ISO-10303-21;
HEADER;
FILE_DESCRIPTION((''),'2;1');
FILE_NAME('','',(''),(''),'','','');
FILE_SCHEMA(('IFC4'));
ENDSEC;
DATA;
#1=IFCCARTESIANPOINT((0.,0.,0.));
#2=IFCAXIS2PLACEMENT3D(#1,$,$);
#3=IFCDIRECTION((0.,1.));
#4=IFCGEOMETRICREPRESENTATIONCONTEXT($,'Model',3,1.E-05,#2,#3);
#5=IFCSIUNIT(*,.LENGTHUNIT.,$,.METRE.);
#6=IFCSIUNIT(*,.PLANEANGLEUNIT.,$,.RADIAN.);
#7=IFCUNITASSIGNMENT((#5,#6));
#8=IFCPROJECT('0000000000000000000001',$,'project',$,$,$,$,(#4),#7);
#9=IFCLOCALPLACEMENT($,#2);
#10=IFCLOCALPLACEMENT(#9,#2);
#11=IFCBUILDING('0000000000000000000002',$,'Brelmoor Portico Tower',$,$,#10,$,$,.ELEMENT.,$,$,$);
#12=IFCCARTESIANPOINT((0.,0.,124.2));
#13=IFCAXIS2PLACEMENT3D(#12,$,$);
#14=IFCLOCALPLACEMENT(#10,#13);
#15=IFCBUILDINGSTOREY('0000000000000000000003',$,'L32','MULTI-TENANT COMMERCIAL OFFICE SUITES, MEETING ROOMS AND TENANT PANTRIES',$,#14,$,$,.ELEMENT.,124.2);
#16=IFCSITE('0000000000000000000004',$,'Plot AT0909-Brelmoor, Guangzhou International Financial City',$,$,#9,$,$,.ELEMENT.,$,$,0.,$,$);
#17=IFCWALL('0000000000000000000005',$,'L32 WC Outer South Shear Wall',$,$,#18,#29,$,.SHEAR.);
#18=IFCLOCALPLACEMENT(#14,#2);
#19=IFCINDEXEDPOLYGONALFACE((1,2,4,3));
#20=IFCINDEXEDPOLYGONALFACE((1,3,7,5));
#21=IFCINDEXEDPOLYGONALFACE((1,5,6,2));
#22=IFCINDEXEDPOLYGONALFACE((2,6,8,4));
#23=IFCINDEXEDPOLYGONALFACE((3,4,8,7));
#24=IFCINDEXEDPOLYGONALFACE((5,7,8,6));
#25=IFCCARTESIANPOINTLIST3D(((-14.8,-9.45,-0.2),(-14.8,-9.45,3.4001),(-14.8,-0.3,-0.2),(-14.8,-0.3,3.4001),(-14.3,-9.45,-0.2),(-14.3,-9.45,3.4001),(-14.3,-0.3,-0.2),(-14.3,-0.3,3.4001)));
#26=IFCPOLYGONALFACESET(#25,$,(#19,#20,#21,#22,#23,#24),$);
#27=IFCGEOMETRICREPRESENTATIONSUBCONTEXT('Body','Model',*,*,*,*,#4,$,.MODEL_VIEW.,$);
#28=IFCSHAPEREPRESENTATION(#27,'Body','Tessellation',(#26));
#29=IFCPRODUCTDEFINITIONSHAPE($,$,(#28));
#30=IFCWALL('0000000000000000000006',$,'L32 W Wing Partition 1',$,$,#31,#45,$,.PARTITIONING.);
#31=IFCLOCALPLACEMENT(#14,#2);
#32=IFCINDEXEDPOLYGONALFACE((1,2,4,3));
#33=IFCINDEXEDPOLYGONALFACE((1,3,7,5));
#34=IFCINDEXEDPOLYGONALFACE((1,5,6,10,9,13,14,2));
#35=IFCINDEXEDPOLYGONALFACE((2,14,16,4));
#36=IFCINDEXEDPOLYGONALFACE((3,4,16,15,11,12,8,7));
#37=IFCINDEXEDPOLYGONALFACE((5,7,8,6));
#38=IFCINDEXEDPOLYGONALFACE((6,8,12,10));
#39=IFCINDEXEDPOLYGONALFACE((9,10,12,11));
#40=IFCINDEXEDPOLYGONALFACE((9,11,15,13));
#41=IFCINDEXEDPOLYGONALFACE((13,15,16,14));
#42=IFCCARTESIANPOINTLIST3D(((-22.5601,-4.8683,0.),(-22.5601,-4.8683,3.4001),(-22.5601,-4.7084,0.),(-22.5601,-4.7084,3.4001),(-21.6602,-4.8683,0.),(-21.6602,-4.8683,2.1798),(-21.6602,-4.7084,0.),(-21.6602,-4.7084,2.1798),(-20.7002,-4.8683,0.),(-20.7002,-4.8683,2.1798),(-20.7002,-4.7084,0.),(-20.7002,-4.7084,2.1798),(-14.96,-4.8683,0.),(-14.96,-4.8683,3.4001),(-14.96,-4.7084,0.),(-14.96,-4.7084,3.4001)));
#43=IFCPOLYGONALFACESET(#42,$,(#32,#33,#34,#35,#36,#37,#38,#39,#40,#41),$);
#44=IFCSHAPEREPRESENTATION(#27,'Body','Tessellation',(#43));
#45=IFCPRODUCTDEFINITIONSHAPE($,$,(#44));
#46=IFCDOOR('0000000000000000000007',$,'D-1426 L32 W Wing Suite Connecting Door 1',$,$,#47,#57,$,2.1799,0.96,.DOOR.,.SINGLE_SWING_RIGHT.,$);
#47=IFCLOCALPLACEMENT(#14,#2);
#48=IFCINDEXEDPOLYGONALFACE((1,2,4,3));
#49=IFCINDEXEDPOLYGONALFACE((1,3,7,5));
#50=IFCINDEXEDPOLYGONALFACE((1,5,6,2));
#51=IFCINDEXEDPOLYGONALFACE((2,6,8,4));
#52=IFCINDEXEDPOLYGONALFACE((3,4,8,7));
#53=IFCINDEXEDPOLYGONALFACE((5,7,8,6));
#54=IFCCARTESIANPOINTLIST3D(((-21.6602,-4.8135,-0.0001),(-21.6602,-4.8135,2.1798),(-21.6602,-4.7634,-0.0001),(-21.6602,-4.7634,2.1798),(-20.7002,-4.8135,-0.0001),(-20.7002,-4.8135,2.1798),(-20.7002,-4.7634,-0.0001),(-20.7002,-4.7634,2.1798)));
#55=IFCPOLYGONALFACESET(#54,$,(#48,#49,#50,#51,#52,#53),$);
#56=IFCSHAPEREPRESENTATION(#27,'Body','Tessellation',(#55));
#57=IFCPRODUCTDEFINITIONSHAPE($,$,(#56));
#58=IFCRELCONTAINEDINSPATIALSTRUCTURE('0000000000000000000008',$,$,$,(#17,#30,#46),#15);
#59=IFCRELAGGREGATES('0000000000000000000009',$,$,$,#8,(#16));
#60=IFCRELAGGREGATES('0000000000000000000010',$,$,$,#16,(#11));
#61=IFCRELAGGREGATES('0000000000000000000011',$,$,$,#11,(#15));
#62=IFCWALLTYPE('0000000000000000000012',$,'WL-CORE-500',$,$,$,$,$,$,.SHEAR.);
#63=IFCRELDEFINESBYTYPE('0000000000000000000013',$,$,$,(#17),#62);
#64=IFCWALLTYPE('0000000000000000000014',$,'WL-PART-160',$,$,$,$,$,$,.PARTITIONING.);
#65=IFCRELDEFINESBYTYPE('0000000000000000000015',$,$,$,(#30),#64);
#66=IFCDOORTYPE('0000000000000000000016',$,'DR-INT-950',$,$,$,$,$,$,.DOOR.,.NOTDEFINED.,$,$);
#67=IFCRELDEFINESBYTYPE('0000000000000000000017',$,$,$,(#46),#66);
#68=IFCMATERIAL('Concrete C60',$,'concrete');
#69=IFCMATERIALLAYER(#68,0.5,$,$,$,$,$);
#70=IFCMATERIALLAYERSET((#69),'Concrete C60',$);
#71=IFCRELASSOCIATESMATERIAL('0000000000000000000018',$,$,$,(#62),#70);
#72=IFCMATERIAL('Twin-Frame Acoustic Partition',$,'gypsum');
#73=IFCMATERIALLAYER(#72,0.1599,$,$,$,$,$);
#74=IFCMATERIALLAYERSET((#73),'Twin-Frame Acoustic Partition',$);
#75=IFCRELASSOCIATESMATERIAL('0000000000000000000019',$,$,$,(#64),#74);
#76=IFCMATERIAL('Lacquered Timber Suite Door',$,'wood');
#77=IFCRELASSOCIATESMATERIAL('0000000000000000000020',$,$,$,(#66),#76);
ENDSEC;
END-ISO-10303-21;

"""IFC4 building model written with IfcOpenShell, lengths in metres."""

from ifc_helpers import new_model, si_unit, direction, frame, frame_2d, origin, place, context, subcontext, project, spatial, rectangle, extrude, material, layer, layer_set, type_object, element, fill, save


model = new_model("IFC4")

# Units and contexts
model_context = context("Model", 3, precision=1e-05, world=origin(), true_north=direction((0.0, 1.0)))
body_context = subcontext(model_context, "Body", "Model", "MODEL_VIEW")
ifc_project = project(units=[si_unit("LENGTHUNIT", "METRE"), si_unit("PLANEANGLEUNIT", "RADIAN")], contexts=[model_context])

# Site, building, storey
site_placement = place(None, origin())
site = spatial("IfcSite", under=ifc_project, at=site_placement, Name="Plot AT0909-Brelmoor, Guangzhou International Financial City", CompositionType="ELEMENT", RefElevation=0.0)
building_placement = place(site_placement, origin())
building = spatial("IfcBuilding", under=site, at=building_placement, Name="Brelmoor Portico Tower", CompositionType="ELEMENT")
storey_placement = place(building_placement, frame((0.0, 0.0, 124.2)))
storey = spatial("IfcBuildingStorey", under=building, at=storey_placement, Name="L32", Description="MULTI-TENANT COMMERCIAL OFFICE SUITES, MEETING ROOMS AND TENANT PANTRIES", CompositionType="ELEMENT", Elevation=124.2)

# Wall
ifc_material_1 = material(Name="Concrete C60", Category="concrete")
ifc_layer_1 = layer(ifc_material_1, 0.5)
ifc_layer_set_1 = layer_set([ifc_layer_1], Name="Concrete C60")
wall_type_1 = type_object("IfcWallType", Name="WL-CORE-500", PredefinedType="SHEAR", material=ifc_layer_set_1)
wall_1_placement = place(storey_placement, frame((-14.55, -9.45, -0.2), z_axis=(0.0, 0.0, 1.0), x_axis=(0.0, 1.0, 0.0)))
element("IfcWall", 1, at=wall_1_placement, inside=storey, type_object=wall_type_1, Name="L32 WC Outer South Shear Wall", PredefinedType="SHEAR", context=body_context, shape_type="SweptSolid", body=[
    extrude(rectangle(XDim=9.1499, YDim=0.5, at=frame_2d((4.575, 0.0))), origin(), (0.0, 0.0, 1.0), 3.6001),
])

# Wall, opening, door
ifc_material_2 = material(Name="Twin-Frame Acoustic Partition", Category="gypsum")
ifc_layer_2 = layer(ifc_material_2, 0.1599)
ifc_layer_set_2 = layer_set([ifc_layer_2], Name="Twin-Frame Acoustic Partition")
wall_type_2 = type_object("IfcWallType", Name="WL-PART-160", PredefinedType="PARTITIONING", material=ifc_layer_set_2)
wall_2_placement = place(storey_placement, frame((-22.5601, -4.7883, 0.0), z_axis=(0.0, 0.0, 1.0), x_axis=(1.0, 0.0, 0.0)))
wall_2 = element("IfcWall", 2, at=wall_2_placement, inside=storey, type_object=wall_type_2, Name="L32 W Wing Partition 1", PredefinedType="PARTITIONING", context=body_context, shape_type="SweptSolid", body=[
    extrude(rectangle(XDim=7.6001, YDim=0.1599, at=frame_2d((3.8, 0.0))), origin(), (0.0, 0.0, 1.0), 3.4001),
])
opening_placement = place(wall_2_placement, frame((0.8999, 0.0, 0.0)))
opening = element("IfcOpeningElement", 3, at=opening_placement, cuts=wall_2, PredefinedType="OPENING", context=body_context, shape_type="SweptSolid", body=[
    extrude(rectangle(XDim=0.96, YDim=2.1799, at=frame_2d((0.48, 1.0898))), frame((0.0, 0.0898, 0.0), z_axis=(0.0, -1.0, 0.0), x_axis=(1.0, 0.0, 0.0)), (0.0, 0.0, 1.0), 0.1799),
])
ifc_material_3 = material(Name="Lacquered Timber Suite Door", Category="wood")
door_type = type_object("IfcDoorType", Name="DR-INT-950", OperationType="NOTDEFINED", PredefinedType="DOOR", material=ifc_material_3)
door_placement = place(opening_placement, origin())
door = element("IfcDoor", 4, at=door_placement, inside=storey, type_object=door_type, Name="D-1426 L32 W Wing Suite Connecting Door 1", OperationType="SINGLE_SWING_RIGHT", OverallHeight=2.1799, OverallWidth=0.96, PredefinedType="DOOR", context=body_context, shape_type="SweptSolid", body=[
    extrude(rectangle(XDim=0.96, YDim=2.1799, at=frame_2d((0.48, 1.0898))), frame((0.0, 0.0249, 0.0), z_axis=(0.0, -1.0, 0.0), x_axis=(1.0, 0.0, 0.0)), (0.0, 0.0, 1.0), 0.05),
])
fill(opening, door)

save(model, "model.ifc")
